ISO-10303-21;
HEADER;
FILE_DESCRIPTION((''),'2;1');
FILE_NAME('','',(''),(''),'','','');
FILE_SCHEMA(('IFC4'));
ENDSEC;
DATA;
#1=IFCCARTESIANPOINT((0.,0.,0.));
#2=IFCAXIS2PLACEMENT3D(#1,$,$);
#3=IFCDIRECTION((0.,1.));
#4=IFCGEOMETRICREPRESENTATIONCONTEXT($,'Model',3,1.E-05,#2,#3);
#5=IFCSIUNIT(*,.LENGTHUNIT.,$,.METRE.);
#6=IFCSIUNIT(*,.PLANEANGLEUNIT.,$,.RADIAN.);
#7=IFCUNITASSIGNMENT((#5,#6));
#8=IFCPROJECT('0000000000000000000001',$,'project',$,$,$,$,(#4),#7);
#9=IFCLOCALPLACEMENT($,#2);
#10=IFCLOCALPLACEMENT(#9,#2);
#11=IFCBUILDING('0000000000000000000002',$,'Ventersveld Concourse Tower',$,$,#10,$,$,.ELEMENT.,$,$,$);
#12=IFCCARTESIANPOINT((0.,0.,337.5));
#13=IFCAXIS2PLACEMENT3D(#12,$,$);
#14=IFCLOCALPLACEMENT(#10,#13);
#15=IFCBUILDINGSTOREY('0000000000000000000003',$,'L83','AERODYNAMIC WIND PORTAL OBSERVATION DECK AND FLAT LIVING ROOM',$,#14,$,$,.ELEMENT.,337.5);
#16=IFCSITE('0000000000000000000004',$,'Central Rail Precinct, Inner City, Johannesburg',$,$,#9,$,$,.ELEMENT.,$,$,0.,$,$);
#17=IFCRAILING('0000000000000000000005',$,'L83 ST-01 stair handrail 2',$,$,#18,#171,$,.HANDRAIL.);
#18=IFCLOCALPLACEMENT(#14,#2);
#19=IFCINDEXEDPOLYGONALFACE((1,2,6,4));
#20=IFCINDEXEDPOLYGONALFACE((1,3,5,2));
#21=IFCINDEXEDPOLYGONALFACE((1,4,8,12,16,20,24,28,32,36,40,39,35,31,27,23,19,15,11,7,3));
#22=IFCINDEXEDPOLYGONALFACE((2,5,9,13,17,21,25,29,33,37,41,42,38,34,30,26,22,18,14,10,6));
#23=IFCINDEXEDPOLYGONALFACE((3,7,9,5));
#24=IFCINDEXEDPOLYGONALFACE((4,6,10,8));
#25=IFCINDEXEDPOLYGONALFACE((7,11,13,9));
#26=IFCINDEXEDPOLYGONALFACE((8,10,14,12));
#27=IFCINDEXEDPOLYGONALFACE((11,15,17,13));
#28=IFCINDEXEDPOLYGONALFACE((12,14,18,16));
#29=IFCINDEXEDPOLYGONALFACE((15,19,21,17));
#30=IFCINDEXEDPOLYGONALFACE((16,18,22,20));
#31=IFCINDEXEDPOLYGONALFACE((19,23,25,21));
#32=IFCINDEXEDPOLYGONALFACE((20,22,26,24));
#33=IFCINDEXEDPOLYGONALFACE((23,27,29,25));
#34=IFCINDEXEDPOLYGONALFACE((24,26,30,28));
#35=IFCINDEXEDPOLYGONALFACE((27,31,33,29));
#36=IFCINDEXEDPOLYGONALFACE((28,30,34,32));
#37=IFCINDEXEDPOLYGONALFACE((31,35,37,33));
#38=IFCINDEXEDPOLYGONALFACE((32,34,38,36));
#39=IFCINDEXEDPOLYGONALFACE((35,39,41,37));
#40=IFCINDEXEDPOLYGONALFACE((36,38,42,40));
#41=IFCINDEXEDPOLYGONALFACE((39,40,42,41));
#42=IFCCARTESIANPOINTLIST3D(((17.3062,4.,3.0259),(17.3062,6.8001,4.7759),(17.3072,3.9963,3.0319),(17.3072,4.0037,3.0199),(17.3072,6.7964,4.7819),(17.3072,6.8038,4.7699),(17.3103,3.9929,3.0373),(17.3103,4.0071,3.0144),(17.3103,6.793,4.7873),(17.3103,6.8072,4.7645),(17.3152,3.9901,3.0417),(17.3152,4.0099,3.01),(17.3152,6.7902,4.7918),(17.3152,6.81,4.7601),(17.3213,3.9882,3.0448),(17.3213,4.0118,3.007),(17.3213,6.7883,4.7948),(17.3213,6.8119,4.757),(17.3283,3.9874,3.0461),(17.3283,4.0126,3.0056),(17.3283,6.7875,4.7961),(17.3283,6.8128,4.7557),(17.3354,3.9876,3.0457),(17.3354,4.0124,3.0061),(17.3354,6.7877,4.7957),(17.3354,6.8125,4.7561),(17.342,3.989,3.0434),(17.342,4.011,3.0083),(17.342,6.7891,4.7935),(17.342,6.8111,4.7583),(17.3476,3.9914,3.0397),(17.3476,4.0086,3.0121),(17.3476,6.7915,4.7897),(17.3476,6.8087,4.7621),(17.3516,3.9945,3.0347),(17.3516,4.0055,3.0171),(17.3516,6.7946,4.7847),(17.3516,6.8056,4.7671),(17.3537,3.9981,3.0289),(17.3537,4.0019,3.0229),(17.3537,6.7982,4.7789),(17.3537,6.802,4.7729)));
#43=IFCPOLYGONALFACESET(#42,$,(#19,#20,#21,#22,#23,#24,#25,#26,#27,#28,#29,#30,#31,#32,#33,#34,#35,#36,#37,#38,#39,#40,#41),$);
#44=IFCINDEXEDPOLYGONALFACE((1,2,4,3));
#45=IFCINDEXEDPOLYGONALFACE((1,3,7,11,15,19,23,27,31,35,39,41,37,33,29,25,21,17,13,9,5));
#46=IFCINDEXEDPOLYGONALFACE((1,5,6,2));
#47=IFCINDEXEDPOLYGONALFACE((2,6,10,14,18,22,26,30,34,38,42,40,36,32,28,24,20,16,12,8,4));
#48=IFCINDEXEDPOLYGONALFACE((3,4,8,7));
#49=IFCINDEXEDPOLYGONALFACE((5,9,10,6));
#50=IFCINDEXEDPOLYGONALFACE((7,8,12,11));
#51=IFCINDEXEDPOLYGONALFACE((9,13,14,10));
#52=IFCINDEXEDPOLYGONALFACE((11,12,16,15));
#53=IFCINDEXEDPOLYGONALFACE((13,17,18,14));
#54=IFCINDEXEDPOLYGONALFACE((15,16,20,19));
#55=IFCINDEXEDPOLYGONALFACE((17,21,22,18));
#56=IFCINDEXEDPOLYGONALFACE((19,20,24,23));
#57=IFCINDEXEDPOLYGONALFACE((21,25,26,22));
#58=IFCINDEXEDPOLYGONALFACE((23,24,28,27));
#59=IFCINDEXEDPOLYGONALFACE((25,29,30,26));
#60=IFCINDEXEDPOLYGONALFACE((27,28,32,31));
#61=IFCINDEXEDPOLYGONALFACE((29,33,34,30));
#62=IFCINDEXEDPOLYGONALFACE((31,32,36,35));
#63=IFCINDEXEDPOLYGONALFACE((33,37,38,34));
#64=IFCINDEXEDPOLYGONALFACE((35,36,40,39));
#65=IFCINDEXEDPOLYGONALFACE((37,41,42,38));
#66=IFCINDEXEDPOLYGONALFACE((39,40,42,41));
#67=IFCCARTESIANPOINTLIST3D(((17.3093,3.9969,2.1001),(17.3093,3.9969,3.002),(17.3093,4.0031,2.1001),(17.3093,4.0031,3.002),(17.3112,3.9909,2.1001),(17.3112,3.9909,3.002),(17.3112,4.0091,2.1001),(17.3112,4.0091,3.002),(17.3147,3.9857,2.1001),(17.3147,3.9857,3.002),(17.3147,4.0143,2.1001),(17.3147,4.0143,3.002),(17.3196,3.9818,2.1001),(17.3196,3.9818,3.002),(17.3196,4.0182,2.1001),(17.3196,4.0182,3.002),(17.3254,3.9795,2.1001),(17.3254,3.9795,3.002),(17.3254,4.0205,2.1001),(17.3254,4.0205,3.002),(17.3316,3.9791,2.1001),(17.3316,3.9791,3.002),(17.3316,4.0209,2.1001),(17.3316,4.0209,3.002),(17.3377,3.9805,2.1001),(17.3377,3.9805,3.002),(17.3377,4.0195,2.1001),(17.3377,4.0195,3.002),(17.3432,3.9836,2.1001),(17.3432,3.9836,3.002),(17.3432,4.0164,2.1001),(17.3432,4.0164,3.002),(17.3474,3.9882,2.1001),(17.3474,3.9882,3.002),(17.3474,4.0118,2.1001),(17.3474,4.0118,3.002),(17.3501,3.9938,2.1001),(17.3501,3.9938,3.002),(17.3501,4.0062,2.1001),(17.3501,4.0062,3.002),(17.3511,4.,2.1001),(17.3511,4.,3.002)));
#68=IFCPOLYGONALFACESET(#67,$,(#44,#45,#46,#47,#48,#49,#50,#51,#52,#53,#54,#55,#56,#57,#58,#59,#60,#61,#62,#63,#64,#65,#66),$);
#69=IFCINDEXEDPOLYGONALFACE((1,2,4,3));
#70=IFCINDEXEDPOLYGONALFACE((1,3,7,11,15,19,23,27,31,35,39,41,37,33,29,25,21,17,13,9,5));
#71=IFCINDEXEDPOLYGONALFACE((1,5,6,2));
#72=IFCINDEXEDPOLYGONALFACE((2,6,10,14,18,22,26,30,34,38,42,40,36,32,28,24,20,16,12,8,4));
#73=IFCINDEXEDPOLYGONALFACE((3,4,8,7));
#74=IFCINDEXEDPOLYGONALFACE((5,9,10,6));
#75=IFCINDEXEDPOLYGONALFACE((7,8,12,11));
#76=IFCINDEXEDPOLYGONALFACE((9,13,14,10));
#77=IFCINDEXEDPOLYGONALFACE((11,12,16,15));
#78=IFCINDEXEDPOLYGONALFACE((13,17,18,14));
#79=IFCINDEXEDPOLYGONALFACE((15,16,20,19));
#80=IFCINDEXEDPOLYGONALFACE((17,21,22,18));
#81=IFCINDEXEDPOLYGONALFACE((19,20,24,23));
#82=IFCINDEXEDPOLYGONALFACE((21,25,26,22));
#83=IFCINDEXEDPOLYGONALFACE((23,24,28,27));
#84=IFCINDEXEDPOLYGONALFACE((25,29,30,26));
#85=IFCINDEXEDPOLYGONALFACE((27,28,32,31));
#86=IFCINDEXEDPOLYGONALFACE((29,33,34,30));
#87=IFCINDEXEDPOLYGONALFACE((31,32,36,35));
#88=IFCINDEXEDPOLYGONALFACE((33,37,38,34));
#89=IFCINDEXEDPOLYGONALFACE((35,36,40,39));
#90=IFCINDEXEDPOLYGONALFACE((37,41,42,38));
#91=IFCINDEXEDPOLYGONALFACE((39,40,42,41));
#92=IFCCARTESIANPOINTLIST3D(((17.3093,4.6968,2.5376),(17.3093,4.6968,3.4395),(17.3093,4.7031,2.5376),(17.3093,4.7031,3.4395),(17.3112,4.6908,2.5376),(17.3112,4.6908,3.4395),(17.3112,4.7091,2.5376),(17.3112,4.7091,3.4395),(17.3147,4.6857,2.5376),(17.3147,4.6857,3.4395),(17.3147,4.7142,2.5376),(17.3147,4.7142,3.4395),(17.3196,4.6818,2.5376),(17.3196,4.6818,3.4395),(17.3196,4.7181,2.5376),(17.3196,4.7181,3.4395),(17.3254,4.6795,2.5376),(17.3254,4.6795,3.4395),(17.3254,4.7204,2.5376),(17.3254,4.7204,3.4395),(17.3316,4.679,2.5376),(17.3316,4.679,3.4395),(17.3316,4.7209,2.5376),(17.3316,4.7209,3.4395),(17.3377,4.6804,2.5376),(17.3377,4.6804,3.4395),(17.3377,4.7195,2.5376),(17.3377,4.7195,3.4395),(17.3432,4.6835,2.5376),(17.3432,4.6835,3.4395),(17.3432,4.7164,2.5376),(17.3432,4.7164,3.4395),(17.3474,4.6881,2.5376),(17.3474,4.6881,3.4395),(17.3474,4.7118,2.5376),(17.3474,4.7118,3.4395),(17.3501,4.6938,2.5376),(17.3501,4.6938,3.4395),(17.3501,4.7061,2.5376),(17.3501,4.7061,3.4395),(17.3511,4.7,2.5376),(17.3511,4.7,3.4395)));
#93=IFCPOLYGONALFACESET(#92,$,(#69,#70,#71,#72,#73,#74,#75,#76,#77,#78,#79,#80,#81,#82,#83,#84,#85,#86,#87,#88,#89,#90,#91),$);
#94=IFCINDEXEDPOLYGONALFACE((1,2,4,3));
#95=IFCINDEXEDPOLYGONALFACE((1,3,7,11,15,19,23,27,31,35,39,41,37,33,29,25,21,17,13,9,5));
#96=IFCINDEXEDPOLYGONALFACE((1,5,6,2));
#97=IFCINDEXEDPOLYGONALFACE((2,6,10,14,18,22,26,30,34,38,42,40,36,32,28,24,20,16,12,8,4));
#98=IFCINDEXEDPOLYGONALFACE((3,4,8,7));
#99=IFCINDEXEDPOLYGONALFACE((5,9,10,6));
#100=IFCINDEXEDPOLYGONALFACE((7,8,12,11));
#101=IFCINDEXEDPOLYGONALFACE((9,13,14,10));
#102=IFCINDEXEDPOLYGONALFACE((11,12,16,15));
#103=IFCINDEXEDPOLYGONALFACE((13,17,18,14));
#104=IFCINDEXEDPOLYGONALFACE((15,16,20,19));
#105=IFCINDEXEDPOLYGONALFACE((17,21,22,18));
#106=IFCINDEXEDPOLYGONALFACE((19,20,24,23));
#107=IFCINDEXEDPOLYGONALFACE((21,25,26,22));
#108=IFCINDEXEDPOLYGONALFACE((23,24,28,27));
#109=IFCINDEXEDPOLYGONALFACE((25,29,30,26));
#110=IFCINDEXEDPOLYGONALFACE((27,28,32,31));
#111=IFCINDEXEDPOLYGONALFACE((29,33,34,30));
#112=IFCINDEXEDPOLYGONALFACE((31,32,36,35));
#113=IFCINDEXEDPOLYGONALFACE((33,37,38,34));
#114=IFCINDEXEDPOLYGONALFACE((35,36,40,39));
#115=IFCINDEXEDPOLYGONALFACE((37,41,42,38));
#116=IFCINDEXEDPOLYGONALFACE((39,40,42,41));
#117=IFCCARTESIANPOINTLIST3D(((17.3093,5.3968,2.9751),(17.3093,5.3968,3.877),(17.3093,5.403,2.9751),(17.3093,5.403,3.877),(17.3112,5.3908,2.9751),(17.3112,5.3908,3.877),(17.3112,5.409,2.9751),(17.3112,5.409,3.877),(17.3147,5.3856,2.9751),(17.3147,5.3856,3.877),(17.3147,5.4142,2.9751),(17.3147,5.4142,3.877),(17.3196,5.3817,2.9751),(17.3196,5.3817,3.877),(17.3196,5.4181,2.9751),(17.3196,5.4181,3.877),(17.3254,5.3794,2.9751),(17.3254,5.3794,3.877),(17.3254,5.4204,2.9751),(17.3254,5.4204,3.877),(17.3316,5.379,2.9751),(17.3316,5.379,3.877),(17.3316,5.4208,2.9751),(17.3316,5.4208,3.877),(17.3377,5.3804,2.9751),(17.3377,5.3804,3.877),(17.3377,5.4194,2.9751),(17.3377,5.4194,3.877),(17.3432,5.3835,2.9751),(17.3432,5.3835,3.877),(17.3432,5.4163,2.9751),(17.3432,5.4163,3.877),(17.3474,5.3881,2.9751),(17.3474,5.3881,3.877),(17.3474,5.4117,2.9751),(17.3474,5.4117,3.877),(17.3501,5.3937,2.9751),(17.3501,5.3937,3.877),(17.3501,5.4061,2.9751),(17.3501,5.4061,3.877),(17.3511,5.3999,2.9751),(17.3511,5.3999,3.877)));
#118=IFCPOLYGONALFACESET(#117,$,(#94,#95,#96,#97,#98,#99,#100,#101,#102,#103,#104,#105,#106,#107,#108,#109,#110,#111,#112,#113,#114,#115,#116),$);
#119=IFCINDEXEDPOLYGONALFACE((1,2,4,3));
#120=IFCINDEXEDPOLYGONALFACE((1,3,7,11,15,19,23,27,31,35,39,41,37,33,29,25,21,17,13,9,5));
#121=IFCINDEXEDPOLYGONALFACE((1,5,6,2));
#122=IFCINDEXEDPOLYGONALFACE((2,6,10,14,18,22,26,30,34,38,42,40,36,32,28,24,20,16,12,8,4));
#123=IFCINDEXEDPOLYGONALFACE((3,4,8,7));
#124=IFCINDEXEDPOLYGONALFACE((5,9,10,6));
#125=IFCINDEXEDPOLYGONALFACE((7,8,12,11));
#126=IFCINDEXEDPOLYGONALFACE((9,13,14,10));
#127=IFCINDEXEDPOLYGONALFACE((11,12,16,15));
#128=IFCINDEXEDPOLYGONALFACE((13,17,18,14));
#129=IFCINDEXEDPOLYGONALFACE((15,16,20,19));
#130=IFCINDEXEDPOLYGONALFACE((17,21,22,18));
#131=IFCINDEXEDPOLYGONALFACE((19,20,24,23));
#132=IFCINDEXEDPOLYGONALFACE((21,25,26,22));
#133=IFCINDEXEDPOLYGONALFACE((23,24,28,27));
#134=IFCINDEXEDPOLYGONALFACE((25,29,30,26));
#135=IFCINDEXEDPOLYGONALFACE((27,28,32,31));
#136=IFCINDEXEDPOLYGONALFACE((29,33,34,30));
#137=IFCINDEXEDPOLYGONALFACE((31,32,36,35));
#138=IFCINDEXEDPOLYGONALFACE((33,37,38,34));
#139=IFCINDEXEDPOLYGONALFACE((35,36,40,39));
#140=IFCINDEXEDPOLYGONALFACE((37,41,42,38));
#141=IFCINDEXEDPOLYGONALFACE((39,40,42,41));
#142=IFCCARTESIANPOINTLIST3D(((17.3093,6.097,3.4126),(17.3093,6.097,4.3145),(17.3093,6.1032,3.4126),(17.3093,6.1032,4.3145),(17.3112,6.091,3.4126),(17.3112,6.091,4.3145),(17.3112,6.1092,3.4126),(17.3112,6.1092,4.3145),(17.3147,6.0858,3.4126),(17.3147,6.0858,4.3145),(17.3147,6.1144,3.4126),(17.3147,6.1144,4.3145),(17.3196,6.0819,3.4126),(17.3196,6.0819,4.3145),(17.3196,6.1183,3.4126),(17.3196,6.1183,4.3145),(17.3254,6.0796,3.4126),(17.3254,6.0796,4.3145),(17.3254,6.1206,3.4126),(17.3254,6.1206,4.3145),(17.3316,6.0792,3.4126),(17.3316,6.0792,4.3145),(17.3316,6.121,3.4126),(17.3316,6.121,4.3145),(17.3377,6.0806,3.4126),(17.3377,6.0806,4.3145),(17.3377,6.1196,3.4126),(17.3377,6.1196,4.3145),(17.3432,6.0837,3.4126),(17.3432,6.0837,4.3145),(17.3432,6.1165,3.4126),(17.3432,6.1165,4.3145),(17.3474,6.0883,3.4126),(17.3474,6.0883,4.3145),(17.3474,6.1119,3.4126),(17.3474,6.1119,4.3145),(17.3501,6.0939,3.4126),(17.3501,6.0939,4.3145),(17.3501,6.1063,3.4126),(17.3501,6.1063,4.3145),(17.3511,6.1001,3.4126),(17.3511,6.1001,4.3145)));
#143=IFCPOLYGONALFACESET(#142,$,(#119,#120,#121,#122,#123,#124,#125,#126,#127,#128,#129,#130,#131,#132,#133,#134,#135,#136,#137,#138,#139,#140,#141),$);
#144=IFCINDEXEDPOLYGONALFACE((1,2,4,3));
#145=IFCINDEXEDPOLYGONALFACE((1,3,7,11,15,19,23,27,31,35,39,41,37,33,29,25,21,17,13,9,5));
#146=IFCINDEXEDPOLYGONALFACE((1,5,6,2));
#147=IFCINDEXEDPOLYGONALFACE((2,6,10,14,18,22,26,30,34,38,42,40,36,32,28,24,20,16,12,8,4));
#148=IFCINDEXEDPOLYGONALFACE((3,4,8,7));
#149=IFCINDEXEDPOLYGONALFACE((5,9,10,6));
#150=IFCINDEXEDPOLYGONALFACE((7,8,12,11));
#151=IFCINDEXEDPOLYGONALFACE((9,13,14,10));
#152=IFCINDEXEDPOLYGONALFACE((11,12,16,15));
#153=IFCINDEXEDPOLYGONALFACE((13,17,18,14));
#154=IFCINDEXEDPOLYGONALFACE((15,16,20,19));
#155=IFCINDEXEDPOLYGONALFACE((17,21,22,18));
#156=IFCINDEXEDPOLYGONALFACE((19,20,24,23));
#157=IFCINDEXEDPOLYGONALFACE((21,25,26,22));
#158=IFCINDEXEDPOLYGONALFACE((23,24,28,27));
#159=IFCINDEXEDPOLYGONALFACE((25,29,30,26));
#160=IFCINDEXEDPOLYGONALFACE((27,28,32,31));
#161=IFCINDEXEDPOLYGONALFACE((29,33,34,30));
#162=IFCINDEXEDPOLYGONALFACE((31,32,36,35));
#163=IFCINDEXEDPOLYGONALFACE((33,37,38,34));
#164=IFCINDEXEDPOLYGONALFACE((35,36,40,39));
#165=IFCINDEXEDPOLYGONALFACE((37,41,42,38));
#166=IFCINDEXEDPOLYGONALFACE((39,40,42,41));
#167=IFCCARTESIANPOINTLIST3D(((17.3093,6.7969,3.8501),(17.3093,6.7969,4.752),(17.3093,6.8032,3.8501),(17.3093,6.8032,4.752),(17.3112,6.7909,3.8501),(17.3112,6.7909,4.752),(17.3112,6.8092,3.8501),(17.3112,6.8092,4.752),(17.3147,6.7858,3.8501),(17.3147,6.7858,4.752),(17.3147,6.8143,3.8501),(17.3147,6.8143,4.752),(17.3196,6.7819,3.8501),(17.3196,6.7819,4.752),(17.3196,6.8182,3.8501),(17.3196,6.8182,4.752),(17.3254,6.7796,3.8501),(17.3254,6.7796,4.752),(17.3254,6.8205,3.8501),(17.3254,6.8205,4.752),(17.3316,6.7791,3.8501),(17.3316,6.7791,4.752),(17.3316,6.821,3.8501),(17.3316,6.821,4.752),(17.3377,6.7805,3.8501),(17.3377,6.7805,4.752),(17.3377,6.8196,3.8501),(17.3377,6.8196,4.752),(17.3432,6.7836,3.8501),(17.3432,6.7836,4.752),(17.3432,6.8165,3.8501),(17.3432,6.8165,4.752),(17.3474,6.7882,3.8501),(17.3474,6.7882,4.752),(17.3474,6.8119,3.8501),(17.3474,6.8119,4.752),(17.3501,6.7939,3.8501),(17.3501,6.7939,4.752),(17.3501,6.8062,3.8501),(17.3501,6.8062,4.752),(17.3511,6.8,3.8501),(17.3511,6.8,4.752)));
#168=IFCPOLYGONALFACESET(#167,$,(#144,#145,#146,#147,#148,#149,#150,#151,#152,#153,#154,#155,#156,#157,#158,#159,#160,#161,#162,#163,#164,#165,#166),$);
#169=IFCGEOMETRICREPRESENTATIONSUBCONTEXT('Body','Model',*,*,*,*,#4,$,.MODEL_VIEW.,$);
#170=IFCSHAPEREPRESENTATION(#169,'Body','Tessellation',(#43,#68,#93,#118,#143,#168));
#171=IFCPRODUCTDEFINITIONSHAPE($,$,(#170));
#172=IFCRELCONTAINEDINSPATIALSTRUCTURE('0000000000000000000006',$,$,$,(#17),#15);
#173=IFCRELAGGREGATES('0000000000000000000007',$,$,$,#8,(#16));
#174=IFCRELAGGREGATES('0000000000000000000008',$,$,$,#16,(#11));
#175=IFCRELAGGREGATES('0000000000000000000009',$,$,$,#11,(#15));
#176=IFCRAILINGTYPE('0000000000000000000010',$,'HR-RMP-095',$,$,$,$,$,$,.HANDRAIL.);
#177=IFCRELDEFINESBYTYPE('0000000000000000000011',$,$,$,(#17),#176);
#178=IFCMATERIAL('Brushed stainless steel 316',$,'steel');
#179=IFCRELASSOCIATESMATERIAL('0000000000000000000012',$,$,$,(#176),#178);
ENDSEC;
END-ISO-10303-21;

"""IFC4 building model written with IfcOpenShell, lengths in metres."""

from ifc_helpers import new_model, si_unit, direction, frame, origin, origin_2d, place, context, subcontext, project, spatial, circle, extrude, material, type_object, element, save


model = new_model("IFC4")

# Units and contexts
model_context = context("Model", 3, precision=1e-05, world=origin(), true_north=direction((0.0, 1.0)))
body_context = subcontext(model_context, "Body", "Model", "MODEL_VIEW")
ifc_project = project(units=[si_unit("LENGTHUNIT", "METRE"), si_unit("PLANEANGLEUNIT", "RADIAN")], contexts=[model_context])

# Site, building, storey
site_placement = place(None, origin())
site = spatial("IfcSite", under=ifc_project, at=site_placement, Name="Central Rail Precinct, Inner City, Johannesburg", CompositionType="ELEMENT", RefElevation=0.0)
building_placement = place(site_placement, origin())
building = spatial("IfcBuilding", under=site, at=building_placement, Name="Ventersveld Concourse Tower", CompositionType="ELEMENT")
storey_placement = place(building_placement, frame((0.0, 0.0, 337.5)))
storey = spatial("IfcBuildingStorey", under=building, at=storey_placement, Name="L83", Description="AERODYNAMIC WIND PORTAL OBSERVATION DECK AND FLAT LIVING ROOM", CompositionType="ELEMENT", Elevation=337.5)

# Railing
ifc_material_1 = material(Name="Brushed stainless steel 316", Category="steel")
railing_type_1 = type_object("IfcRailingType", Name="HR-RMP-095", PredefinedType="HANDRAIL", material=ifc_material_1)
railing_1_placement = place(storey_placement, frame((17.3301, 4.0, 2.1001)))
element("IfcRailing", 1, at=railing_1_placement, inside=storey, type_object=railing_type_1, Name="L83 ST-01 stair handrail 2", PredefinedType="HANDRAIL", context=body_context, shape_type="SweptSolid", body=[
    extrude(circle(Radius=0.0239, at=origin_2d()), frame((0.0, 0.0, 0.9258), z_axis=(0.0, 0.848002, 0.529992), x_axis=(-1.0, 0.0, 0.0)), (0.0, 0.0, 1.0), 3.302),
    extrude(circle(Radius=0.021, at=origin_2d()), origin(), (0.0, 0.0, 1.0), 0.9019),
    extrude(circle(Radius=0.021, at=origin_2d()), frame((0.0, 0.7, 0.4375)), (0.0, 0.0, 1.0), 0.9019),
    extrude(circle(Radius=0.021, at=origin_2d()), frame((0.0, 1.3999, 0.875)), (0.0, 0.0, 1.0), 0.9019),
    extrude(circle(Radius=0.021, at=origin_2d()), frame((0.0, 2.1001, 1.3125)), (0.0, 0.0, 1.0), 0.9019),
    extrude(circle(Radius=0.021, at=origin_2d()), frame((0.0, 2.8, 1.75)), (0.0, 0.0, 1.0), 0.9019),
])

save(model, "model.ifc")
